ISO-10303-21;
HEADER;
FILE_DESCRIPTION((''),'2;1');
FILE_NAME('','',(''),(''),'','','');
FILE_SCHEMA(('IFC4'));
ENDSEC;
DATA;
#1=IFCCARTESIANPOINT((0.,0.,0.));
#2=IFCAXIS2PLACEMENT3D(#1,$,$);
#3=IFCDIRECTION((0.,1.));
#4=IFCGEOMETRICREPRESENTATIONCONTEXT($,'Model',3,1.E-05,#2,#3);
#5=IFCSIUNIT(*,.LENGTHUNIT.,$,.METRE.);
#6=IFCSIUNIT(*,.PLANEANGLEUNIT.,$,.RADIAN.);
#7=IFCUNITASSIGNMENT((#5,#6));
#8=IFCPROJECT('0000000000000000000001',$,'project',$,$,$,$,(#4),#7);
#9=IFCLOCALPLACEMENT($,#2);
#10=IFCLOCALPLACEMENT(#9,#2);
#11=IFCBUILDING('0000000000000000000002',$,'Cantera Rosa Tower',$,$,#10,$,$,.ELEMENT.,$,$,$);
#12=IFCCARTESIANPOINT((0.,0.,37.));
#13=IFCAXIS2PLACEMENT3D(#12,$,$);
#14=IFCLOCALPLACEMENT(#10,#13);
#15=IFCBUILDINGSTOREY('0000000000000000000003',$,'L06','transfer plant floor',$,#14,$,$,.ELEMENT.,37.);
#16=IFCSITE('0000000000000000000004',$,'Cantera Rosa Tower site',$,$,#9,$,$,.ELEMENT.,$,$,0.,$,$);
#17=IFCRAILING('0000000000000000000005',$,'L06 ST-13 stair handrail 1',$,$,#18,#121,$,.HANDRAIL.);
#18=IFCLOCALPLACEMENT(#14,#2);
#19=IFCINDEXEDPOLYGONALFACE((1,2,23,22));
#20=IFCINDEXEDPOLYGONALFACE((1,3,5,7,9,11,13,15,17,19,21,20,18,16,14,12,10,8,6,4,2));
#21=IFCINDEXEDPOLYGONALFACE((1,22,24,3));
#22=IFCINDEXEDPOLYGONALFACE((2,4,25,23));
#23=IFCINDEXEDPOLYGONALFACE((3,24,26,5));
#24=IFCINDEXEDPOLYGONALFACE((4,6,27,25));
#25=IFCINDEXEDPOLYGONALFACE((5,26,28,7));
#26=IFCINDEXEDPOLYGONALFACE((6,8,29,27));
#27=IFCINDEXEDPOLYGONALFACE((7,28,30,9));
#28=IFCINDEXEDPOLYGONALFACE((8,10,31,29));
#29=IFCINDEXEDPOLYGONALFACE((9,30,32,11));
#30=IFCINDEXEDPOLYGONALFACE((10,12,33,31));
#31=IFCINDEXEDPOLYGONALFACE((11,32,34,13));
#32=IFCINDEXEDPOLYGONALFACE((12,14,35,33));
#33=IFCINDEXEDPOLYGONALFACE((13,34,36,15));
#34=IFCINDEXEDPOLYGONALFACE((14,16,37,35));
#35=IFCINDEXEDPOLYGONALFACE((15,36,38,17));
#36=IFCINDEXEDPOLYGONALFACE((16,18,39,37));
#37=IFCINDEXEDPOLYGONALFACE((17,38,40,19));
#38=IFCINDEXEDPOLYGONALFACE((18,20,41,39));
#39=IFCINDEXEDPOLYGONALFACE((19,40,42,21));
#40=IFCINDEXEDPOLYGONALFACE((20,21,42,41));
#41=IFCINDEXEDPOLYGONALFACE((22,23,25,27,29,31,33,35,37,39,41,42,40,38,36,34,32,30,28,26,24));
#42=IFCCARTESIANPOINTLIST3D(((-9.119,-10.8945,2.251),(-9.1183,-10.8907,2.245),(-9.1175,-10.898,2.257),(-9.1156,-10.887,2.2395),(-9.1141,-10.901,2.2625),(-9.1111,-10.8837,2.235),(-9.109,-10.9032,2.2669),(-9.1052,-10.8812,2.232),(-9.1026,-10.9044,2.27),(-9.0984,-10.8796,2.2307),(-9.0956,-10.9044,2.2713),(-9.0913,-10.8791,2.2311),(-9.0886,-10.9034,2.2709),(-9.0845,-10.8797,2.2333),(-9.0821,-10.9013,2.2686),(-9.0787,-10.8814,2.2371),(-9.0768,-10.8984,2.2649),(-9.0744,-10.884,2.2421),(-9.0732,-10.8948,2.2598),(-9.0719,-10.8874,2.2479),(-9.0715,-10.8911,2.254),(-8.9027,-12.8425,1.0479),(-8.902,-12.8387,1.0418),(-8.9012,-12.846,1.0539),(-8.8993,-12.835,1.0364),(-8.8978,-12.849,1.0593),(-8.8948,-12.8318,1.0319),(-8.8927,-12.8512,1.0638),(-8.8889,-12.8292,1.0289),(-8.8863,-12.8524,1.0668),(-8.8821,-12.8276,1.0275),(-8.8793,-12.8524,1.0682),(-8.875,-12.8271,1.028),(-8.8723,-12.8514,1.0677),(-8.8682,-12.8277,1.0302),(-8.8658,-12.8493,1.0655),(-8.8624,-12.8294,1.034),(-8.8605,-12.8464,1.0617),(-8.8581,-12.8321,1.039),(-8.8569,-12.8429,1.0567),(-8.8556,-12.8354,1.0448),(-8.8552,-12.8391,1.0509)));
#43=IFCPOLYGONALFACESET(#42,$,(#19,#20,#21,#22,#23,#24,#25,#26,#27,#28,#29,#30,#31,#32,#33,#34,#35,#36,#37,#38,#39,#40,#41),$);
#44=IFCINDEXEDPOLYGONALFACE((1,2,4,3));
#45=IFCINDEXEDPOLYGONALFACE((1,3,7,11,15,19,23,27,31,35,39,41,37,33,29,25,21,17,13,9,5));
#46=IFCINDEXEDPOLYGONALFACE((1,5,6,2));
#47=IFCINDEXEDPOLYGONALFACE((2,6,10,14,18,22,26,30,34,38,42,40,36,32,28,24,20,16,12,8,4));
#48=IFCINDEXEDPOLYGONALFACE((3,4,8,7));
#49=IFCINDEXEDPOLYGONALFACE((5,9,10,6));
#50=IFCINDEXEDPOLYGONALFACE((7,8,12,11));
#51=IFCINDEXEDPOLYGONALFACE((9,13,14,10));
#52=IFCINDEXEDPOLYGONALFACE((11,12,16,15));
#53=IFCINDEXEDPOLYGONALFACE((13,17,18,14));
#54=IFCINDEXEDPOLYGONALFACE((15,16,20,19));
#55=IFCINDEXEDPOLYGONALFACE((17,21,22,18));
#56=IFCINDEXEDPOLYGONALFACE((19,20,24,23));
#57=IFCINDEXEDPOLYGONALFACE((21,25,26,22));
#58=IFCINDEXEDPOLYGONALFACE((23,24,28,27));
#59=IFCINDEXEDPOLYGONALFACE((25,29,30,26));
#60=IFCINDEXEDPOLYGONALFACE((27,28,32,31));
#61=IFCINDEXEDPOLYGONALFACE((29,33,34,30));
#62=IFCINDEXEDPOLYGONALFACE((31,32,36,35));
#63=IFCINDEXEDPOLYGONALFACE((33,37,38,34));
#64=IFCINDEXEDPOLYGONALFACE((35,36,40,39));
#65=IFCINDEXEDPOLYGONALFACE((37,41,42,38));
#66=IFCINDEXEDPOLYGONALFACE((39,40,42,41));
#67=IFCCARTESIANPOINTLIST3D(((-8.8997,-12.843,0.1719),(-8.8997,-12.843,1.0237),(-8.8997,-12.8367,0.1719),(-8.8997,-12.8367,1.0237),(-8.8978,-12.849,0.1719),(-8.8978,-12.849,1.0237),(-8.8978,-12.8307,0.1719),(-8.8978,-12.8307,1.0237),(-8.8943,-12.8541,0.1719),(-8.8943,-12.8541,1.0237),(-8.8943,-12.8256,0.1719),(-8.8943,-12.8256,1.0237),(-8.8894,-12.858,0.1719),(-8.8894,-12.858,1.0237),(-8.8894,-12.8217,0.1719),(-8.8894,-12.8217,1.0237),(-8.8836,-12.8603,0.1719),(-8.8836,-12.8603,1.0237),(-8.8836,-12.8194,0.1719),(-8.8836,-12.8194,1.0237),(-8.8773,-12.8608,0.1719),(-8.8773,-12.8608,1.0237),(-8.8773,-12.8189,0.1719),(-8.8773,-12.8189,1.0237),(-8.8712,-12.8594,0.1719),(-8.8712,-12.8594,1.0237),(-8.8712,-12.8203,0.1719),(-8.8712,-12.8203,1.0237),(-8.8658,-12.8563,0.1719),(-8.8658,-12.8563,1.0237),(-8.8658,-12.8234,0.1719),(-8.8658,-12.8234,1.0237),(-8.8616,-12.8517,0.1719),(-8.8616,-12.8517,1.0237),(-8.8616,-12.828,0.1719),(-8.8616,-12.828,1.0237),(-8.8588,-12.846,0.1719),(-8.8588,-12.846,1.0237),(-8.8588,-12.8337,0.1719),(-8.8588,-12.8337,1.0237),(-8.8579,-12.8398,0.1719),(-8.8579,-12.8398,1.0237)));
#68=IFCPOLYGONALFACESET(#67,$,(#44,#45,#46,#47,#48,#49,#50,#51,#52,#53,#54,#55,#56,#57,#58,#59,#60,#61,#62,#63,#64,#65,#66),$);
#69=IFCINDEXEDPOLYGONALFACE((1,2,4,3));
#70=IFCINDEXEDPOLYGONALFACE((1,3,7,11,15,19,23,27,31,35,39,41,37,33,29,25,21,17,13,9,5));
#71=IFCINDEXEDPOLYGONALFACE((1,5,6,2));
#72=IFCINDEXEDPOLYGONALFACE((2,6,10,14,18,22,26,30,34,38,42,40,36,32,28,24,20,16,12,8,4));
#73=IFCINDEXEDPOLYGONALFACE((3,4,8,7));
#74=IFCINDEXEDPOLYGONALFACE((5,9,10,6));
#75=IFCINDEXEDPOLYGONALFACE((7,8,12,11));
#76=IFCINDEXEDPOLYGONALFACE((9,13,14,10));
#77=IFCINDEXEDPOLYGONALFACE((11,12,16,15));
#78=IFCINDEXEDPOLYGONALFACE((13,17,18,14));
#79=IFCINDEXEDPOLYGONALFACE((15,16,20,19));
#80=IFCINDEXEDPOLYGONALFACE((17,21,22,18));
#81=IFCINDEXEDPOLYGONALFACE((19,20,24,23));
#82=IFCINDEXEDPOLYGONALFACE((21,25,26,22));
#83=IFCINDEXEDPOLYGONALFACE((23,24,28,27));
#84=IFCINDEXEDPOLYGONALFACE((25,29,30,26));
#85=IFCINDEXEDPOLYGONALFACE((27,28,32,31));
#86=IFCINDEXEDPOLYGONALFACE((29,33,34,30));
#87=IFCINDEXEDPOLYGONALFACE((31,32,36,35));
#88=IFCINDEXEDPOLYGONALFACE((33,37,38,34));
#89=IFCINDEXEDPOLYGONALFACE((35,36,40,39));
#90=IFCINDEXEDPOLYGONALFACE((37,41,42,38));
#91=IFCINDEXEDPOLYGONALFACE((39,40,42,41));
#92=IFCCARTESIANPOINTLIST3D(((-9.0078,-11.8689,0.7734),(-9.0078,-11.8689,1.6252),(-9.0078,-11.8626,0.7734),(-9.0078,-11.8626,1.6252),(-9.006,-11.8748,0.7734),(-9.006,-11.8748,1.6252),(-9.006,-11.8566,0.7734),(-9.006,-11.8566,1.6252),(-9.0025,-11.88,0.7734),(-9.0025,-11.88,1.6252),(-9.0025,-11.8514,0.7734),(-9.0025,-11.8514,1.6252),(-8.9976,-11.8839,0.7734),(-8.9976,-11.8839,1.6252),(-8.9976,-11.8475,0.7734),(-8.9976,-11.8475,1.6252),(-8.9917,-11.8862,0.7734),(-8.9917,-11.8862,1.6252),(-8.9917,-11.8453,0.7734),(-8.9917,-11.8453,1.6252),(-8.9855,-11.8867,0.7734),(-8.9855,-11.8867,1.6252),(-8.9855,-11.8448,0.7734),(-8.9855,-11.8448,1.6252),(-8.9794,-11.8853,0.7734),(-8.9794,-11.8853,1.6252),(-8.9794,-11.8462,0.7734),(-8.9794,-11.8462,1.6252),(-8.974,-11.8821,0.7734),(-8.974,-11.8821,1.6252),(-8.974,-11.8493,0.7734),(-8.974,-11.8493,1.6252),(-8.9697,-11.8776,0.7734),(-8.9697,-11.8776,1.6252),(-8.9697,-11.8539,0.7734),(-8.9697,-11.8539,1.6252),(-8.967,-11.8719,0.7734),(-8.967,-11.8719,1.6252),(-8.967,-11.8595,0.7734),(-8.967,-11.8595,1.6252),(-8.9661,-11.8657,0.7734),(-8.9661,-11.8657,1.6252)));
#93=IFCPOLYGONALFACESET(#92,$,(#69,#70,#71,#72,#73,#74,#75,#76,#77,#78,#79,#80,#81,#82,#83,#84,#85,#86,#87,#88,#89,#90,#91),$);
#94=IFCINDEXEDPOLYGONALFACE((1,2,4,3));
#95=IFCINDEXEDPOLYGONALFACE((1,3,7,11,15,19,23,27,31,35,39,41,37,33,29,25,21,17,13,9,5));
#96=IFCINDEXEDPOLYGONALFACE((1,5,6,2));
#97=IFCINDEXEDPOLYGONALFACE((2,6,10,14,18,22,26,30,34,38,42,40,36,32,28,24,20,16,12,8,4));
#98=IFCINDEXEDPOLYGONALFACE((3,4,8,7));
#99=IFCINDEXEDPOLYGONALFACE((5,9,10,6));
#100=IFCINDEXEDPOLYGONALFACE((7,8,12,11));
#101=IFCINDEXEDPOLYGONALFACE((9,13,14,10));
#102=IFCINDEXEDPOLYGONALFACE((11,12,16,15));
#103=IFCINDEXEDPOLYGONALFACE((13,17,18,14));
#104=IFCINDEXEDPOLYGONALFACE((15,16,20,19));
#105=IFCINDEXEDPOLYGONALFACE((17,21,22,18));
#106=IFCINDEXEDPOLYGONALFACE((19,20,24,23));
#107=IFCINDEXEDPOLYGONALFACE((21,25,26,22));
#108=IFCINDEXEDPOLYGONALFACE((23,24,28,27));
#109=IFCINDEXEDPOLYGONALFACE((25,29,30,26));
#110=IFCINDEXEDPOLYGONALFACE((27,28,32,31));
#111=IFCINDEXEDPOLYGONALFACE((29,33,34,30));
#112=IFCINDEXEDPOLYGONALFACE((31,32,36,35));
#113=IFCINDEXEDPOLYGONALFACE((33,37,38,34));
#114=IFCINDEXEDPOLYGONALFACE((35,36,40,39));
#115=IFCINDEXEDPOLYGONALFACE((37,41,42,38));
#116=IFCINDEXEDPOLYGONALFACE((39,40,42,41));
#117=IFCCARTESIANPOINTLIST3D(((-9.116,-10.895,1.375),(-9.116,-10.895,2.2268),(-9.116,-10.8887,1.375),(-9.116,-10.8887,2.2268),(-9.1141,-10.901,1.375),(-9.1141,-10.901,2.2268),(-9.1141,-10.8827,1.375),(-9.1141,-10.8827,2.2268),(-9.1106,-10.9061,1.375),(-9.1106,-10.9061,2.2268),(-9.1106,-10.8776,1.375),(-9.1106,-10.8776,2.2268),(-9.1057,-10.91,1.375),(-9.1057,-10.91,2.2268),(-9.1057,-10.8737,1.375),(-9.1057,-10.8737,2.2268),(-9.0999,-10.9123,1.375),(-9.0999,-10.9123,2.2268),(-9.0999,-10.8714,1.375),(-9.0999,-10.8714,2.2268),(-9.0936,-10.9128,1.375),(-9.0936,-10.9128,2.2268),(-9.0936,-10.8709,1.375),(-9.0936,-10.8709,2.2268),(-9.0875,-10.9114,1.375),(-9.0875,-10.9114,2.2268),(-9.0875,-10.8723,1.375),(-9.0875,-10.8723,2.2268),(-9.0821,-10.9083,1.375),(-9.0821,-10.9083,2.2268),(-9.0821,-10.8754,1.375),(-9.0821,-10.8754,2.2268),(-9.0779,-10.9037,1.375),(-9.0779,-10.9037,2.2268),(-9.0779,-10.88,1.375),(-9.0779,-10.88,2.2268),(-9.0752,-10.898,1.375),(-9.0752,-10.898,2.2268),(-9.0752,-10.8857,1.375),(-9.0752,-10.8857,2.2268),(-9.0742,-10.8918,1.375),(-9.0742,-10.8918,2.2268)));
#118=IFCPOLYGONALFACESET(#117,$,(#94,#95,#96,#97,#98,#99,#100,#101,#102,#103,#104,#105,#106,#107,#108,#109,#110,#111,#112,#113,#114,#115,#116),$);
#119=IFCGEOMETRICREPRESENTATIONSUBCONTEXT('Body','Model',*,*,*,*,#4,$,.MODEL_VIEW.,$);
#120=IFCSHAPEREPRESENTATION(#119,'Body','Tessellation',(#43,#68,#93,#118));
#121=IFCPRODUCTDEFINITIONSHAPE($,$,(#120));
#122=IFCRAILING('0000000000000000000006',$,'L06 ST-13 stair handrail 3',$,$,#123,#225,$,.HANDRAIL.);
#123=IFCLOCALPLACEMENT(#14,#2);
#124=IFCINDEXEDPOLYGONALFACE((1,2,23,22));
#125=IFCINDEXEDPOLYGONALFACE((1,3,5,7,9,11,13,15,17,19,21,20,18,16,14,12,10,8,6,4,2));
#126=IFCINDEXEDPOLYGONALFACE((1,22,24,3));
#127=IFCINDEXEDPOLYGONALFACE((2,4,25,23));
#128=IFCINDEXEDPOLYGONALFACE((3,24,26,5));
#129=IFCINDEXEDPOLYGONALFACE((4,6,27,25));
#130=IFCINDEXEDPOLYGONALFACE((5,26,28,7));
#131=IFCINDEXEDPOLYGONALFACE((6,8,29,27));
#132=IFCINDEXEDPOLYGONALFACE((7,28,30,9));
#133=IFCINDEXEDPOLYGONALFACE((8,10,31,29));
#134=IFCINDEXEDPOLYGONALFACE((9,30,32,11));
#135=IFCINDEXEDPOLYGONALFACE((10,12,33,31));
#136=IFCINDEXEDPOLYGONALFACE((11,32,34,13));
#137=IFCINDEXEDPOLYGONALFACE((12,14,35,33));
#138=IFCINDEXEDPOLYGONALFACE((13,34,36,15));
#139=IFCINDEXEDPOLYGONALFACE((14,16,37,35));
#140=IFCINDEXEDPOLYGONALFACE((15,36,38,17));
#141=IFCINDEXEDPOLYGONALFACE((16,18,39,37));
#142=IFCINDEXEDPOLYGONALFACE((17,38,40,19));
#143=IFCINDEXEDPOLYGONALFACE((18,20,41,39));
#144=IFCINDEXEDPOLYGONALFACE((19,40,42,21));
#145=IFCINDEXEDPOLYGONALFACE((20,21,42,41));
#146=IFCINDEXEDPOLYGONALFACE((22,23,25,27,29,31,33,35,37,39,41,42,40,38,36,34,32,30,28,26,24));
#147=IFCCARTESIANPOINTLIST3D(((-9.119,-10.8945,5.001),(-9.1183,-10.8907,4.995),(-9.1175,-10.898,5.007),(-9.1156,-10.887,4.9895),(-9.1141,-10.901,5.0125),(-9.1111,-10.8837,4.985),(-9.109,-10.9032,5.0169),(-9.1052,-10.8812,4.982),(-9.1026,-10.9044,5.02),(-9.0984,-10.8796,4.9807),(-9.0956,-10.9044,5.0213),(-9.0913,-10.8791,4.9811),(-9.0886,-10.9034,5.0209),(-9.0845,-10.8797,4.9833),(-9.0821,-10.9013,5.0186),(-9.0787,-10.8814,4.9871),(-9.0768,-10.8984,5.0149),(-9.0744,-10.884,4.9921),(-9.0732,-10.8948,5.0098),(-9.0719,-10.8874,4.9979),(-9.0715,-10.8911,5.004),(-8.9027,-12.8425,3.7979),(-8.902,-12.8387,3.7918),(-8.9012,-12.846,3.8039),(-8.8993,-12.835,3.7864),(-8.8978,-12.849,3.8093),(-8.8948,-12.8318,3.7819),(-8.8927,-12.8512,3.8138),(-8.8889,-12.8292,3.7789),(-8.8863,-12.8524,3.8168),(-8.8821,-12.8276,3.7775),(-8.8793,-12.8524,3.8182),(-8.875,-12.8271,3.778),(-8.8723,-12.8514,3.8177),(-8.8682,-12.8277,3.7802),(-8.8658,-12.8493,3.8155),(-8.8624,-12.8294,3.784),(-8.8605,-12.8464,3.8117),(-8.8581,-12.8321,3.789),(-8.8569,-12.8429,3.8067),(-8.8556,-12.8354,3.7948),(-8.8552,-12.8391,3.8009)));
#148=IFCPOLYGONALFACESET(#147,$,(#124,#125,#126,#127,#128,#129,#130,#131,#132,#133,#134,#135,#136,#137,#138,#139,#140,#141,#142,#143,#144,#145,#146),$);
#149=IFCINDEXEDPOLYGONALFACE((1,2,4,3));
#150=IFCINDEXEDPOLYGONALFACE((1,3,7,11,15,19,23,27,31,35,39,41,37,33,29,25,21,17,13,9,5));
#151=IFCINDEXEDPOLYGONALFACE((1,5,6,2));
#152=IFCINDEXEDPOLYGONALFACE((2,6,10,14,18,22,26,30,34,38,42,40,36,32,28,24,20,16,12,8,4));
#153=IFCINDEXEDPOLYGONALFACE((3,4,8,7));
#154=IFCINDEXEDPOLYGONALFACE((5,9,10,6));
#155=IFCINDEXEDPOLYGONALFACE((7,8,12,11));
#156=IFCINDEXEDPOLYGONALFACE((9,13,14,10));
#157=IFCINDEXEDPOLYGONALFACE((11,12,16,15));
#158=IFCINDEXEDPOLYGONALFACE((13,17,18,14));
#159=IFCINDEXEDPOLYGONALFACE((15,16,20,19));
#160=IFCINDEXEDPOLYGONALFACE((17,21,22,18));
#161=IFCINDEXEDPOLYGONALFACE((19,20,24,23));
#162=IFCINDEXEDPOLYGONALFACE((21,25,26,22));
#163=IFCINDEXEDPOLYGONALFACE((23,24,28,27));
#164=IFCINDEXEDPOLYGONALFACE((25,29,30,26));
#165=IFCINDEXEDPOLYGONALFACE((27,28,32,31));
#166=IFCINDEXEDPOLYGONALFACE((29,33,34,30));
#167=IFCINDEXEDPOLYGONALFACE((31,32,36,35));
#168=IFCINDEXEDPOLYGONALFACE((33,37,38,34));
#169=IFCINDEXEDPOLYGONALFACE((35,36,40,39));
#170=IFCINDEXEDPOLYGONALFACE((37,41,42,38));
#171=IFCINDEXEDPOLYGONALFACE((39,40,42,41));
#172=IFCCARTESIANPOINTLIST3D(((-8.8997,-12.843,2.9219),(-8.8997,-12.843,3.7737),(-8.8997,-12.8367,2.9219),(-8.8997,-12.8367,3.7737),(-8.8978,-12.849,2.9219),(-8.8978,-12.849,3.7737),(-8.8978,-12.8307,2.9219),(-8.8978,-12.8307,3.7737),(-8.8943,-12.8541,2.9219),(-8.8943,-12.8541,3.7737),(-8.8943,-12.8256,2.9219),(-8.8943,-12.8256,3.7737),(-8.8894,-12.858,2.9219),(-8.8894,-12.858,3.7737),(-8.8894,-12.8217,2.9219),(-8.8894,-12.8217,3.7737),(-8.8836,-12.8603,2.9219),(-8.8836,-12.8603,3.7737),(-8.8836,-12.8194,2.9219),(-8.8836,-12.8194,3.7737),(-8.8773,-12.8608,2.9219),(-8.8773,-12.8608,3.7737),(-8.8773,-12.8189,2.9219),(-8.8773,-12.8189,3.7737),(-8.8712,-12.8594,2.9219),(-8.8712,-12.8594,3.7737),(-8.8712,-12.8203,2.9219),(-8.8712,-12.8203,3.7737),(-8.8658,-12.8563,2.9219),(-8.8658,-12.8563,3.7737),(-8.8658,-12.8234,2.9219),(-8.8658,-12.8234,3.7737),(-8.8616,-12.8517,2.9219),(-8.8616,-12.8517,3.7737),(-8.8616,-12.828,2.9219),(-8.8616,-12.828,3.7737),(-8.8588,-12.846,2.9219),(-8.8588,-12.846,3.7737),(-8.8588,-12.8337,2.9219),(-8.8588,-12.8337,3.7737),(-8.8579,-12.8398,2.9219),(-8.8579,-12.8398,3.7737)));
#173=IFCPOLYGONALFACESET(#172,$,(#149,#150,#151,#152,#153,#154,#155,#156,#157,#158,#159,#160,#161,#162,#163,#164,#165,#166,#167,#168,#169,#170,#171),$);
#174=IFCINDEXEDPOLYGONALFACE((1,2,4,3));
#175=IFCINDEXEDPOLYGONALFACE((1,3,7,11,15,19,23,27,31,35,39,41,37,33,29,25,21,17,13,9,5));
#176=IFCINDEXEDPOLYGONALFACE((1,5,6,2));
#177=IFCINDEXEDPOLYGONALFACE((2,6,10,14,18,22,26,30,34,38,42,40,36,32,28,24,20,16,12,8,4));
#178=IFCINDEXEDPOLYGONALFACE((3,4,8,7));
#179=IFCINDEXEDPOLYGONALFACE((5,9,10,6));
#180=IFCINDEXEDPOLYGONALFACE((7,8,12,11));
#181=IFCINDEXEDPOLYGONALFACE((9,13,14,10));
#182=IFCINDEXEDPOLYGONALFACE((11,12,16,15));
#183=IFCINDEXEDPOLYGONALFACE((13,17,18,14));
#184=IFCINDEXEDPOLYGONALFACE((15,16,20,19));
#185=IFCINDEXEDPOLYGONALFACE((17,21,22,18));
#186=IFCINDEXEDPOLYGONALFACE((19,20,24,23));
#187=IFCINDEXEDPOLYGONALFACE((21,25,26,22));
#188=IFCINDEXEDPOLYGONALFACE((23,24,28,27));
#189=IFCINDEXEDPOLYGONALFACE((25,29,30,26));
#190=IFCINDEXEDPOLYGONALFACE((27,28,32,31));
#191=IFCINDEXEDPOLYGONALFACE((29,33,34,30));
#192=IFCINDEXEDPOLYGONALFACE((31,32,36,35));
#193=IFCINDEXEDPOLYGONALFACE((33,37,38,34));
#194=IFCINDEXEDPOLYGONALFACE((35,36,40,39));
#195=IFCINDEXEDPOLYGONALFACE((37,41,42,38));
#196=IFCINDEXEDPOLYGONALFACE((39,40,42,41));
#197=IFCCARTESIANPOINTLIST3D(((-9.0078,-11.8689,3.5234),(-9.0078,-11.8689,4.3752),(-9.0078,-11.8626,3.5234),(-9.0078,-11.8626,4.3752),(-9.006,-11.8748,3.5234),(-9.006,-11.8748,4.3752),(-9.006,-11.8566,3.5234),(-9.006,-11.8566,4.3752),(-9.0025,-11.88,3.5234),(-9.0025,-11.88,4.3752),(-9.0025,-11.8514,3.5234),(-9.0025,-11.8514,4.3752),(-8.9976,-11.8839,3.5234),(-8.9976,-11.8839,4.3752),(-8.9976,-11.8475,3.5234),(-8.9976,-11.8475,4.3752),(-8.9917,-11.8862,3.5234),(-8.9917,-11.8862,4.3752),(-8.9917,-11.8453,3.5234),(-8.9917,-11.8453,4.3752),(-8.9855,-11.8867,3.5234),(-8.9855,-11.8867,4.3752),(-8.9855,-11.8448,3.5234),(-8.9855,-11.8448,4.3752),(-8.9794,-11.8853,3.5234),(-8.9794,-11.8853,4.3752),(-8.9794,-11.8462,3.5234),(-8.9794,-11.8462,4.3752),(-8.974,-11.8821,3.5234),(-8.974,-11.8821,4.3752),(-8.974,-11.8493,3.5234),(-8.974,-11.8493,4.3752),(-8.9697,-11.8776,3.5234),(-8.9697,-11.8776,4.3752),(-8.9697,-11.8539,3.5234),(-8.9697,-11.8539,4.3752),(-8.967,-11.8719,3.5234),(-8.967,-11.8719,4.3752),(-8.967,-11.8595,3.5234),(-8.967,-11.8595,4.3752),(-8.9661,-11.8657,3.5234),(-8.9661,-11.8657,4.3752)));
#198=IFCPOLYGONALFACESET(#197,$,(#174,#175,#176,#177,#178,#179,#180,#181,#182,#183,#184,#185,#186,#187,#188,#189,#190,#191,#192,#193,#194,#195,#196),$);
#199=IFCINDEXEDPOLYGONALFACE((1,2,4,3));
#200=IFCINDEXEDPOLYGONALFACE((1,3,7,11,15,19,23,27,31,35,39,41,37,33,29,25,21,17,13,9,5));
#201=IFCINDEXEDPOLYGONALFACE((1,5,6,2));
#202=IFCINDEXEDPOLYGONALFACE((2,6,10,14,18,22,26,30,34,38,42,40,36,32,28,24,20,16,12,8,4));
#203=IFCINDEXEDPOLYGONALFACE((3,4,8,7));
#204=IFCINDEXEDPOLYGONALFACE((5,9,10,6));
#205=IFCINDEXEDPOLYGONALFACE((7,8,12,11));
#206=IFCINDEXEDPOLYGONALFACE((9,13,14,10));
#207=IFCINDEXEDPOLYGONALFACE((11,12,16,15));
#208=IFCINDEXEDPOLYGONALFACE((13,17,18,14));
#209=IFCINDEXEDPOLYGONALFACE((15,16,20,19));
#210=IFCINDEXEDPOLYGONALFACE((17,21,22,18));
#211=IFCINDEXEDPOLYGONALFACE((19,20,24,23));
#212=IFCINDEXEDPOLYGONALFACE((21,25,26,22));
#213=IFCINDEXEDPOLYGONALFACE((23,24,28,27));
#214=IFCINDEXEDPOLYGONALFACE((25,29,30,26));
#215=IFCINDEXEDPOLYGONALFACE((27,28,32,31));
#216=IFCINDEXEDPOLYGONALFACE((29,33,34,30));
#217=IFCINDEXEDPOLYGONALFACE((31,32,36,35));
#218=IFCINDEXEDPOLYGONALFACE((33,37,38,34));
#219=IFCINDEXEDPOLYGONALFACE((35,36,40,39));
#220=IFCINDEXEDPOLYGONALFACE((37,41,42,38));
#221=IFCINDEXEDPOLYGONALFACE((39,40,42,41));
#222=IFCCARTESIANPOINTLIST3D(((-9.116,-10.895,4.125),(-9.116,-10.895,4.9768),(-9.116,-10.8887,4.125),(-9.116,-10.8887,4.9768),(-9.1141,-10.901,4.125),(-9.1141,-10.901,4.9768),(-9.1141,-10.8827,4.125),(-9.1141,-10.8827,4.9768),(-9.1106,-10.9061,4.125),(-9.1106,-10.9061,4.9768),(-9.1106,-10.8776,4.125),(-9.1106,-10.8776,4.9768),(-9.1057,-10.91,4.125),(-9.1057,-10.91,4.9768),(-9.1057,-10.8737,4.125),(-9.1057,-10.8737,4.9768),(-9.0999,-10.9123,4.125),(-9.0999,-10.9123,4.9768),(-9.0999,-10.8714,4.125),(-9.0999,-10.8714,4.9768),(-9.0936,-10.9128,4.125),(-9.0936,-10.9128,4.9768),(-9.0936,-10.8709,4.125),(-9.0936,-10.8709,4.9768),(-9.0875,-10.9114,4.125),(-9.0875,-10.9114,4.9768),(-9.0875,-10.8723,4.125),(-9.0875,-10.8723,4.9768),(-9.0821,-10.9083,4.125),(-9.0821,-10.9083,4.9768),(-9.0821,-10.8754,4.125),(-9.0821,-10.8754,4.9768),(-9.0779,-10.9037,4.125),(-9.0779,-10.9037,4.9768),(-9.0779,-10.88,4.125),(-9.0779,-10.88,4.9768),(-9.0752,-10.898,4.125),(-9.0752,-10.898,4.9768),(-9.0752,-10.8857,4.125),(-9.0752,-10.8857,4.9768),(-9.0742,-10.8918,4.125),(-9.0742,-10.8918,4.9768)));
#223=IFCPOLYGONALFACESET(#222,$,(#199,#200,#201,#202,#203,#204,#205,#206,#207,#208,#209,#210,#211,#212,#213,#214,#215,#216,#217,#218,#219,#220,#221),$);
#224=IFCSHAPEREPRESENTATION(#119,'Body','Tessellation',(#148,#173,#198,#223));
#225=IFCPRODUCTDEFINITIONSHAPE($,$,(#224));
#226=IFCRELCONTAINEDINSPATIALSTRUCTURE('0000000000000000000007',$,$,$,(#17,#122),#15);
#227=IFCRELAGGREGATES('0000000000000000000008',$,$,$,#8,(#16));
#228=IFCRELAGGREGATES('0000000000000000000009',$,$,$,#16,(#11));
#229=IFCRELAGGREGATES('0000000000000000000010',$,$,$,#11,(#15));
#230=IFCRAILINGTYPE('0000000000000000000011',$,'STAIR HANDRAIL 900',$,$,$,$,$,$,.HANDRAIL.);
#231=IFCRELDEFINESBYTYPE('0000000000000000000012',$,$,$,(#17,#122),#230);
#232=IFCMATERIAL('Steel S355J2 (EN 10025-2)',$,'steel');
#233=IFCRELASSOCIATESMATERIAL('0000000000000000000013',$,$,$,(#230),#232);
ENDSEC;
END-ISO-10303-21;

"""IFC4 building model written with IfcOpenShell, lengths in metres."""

from ifc_helpers import new_model, si_unit, direction, frame, origin, origin_2d, place, context, subcontext, project, spatial, circle, extrude, material, type_object, element, save


model = new_model("IFC4")

# Units and contexts
model_context = context("Model", 3, precision=1e-05, world=origin(), true_north=direction((0.0, 1.0)))
body_context = subcontext(model_context, "Body", "Model", "MODEL_VIEW")
ifc_project = project(units=[si_unit("LENGTHUNIT", "METRE"), si_unit("PLANEANGLEUNIT", "RADIAN")], contexts=[model_context])

# Site, building, storey
site_placement = place(None, origin())
site = spatial("IfcSite", under=ifc_project, at=site_placement, Name="Cantera Rosa Tower site", CompositionType="ELEMENT", RefElevation=0.0)
building_placement = place(site_placement, origin())
building = spatial("IfcBuilding", under=site, at=building_placement, Name="Cantera Rosa Tower", CompositionType="ELEMENT")
storey_placement = place(building_placement, frame((0.0, 0.0, 37.0)))
storey = spatial("IfcBuildingStorey", under=building, at=storey_placement, Name="L06", Description="transfer plant floor", CompositionType="ELEMENT", Elevation=37.0)

# Railings
ifc_material_1 = material(Name="Steel S355J2 (EN 10025-2)", Category="steel")
railing_type_1 = type_object("IfcRailingType", Name="STAIR HANDRAIL 900", PredefinedType="HANDRAIL", material=ifc_material_1)
for number, where, name in (
    (1, (-8.8789, -12.8398, 0.1719), "L06 ST-13 stair handrail 1"),
    (2, (-8.8789, -12.8398, 2.9219), "L06 ST-13 stair handrail 3"),
):
    element("IfcRailing", number, at=place(storey_placement, frame(where)), inside=storey, type_object=railing_type_1, Name=name, PredefinedType="HANDRAIL", context=body_context, shape_type="SweptSolid", body=[
        extrude(circle(Radius=0.0239, at=origin_2d()), frame((0.0, 0.0, 0.876), z_axis=(-0.094056, 0.847036, 0.523147), x_axis=(-0.993891, -0.110363, 0.0)), (0.0, 0.0, 1.0), 2.2998),
        extrude(circle(Radius=0.021, at=origin_2d()), origin(), (0.0, 0.0, 1.0), 0.8518),
        extrude(circle(Radius=0.021, at=origin_2d()), frame((-0.1082, 0.9741, 0.6016)), (0.0, 0.0, 1.0), 0.8518),
        extrude(circle(Radius=0.021, at=origin_2d()), frame((-0.2163, 1.948, 1.2031)), (0.0, 0.0, 1.0), 0.8518),
    ])

save(model, "model.ifc")
